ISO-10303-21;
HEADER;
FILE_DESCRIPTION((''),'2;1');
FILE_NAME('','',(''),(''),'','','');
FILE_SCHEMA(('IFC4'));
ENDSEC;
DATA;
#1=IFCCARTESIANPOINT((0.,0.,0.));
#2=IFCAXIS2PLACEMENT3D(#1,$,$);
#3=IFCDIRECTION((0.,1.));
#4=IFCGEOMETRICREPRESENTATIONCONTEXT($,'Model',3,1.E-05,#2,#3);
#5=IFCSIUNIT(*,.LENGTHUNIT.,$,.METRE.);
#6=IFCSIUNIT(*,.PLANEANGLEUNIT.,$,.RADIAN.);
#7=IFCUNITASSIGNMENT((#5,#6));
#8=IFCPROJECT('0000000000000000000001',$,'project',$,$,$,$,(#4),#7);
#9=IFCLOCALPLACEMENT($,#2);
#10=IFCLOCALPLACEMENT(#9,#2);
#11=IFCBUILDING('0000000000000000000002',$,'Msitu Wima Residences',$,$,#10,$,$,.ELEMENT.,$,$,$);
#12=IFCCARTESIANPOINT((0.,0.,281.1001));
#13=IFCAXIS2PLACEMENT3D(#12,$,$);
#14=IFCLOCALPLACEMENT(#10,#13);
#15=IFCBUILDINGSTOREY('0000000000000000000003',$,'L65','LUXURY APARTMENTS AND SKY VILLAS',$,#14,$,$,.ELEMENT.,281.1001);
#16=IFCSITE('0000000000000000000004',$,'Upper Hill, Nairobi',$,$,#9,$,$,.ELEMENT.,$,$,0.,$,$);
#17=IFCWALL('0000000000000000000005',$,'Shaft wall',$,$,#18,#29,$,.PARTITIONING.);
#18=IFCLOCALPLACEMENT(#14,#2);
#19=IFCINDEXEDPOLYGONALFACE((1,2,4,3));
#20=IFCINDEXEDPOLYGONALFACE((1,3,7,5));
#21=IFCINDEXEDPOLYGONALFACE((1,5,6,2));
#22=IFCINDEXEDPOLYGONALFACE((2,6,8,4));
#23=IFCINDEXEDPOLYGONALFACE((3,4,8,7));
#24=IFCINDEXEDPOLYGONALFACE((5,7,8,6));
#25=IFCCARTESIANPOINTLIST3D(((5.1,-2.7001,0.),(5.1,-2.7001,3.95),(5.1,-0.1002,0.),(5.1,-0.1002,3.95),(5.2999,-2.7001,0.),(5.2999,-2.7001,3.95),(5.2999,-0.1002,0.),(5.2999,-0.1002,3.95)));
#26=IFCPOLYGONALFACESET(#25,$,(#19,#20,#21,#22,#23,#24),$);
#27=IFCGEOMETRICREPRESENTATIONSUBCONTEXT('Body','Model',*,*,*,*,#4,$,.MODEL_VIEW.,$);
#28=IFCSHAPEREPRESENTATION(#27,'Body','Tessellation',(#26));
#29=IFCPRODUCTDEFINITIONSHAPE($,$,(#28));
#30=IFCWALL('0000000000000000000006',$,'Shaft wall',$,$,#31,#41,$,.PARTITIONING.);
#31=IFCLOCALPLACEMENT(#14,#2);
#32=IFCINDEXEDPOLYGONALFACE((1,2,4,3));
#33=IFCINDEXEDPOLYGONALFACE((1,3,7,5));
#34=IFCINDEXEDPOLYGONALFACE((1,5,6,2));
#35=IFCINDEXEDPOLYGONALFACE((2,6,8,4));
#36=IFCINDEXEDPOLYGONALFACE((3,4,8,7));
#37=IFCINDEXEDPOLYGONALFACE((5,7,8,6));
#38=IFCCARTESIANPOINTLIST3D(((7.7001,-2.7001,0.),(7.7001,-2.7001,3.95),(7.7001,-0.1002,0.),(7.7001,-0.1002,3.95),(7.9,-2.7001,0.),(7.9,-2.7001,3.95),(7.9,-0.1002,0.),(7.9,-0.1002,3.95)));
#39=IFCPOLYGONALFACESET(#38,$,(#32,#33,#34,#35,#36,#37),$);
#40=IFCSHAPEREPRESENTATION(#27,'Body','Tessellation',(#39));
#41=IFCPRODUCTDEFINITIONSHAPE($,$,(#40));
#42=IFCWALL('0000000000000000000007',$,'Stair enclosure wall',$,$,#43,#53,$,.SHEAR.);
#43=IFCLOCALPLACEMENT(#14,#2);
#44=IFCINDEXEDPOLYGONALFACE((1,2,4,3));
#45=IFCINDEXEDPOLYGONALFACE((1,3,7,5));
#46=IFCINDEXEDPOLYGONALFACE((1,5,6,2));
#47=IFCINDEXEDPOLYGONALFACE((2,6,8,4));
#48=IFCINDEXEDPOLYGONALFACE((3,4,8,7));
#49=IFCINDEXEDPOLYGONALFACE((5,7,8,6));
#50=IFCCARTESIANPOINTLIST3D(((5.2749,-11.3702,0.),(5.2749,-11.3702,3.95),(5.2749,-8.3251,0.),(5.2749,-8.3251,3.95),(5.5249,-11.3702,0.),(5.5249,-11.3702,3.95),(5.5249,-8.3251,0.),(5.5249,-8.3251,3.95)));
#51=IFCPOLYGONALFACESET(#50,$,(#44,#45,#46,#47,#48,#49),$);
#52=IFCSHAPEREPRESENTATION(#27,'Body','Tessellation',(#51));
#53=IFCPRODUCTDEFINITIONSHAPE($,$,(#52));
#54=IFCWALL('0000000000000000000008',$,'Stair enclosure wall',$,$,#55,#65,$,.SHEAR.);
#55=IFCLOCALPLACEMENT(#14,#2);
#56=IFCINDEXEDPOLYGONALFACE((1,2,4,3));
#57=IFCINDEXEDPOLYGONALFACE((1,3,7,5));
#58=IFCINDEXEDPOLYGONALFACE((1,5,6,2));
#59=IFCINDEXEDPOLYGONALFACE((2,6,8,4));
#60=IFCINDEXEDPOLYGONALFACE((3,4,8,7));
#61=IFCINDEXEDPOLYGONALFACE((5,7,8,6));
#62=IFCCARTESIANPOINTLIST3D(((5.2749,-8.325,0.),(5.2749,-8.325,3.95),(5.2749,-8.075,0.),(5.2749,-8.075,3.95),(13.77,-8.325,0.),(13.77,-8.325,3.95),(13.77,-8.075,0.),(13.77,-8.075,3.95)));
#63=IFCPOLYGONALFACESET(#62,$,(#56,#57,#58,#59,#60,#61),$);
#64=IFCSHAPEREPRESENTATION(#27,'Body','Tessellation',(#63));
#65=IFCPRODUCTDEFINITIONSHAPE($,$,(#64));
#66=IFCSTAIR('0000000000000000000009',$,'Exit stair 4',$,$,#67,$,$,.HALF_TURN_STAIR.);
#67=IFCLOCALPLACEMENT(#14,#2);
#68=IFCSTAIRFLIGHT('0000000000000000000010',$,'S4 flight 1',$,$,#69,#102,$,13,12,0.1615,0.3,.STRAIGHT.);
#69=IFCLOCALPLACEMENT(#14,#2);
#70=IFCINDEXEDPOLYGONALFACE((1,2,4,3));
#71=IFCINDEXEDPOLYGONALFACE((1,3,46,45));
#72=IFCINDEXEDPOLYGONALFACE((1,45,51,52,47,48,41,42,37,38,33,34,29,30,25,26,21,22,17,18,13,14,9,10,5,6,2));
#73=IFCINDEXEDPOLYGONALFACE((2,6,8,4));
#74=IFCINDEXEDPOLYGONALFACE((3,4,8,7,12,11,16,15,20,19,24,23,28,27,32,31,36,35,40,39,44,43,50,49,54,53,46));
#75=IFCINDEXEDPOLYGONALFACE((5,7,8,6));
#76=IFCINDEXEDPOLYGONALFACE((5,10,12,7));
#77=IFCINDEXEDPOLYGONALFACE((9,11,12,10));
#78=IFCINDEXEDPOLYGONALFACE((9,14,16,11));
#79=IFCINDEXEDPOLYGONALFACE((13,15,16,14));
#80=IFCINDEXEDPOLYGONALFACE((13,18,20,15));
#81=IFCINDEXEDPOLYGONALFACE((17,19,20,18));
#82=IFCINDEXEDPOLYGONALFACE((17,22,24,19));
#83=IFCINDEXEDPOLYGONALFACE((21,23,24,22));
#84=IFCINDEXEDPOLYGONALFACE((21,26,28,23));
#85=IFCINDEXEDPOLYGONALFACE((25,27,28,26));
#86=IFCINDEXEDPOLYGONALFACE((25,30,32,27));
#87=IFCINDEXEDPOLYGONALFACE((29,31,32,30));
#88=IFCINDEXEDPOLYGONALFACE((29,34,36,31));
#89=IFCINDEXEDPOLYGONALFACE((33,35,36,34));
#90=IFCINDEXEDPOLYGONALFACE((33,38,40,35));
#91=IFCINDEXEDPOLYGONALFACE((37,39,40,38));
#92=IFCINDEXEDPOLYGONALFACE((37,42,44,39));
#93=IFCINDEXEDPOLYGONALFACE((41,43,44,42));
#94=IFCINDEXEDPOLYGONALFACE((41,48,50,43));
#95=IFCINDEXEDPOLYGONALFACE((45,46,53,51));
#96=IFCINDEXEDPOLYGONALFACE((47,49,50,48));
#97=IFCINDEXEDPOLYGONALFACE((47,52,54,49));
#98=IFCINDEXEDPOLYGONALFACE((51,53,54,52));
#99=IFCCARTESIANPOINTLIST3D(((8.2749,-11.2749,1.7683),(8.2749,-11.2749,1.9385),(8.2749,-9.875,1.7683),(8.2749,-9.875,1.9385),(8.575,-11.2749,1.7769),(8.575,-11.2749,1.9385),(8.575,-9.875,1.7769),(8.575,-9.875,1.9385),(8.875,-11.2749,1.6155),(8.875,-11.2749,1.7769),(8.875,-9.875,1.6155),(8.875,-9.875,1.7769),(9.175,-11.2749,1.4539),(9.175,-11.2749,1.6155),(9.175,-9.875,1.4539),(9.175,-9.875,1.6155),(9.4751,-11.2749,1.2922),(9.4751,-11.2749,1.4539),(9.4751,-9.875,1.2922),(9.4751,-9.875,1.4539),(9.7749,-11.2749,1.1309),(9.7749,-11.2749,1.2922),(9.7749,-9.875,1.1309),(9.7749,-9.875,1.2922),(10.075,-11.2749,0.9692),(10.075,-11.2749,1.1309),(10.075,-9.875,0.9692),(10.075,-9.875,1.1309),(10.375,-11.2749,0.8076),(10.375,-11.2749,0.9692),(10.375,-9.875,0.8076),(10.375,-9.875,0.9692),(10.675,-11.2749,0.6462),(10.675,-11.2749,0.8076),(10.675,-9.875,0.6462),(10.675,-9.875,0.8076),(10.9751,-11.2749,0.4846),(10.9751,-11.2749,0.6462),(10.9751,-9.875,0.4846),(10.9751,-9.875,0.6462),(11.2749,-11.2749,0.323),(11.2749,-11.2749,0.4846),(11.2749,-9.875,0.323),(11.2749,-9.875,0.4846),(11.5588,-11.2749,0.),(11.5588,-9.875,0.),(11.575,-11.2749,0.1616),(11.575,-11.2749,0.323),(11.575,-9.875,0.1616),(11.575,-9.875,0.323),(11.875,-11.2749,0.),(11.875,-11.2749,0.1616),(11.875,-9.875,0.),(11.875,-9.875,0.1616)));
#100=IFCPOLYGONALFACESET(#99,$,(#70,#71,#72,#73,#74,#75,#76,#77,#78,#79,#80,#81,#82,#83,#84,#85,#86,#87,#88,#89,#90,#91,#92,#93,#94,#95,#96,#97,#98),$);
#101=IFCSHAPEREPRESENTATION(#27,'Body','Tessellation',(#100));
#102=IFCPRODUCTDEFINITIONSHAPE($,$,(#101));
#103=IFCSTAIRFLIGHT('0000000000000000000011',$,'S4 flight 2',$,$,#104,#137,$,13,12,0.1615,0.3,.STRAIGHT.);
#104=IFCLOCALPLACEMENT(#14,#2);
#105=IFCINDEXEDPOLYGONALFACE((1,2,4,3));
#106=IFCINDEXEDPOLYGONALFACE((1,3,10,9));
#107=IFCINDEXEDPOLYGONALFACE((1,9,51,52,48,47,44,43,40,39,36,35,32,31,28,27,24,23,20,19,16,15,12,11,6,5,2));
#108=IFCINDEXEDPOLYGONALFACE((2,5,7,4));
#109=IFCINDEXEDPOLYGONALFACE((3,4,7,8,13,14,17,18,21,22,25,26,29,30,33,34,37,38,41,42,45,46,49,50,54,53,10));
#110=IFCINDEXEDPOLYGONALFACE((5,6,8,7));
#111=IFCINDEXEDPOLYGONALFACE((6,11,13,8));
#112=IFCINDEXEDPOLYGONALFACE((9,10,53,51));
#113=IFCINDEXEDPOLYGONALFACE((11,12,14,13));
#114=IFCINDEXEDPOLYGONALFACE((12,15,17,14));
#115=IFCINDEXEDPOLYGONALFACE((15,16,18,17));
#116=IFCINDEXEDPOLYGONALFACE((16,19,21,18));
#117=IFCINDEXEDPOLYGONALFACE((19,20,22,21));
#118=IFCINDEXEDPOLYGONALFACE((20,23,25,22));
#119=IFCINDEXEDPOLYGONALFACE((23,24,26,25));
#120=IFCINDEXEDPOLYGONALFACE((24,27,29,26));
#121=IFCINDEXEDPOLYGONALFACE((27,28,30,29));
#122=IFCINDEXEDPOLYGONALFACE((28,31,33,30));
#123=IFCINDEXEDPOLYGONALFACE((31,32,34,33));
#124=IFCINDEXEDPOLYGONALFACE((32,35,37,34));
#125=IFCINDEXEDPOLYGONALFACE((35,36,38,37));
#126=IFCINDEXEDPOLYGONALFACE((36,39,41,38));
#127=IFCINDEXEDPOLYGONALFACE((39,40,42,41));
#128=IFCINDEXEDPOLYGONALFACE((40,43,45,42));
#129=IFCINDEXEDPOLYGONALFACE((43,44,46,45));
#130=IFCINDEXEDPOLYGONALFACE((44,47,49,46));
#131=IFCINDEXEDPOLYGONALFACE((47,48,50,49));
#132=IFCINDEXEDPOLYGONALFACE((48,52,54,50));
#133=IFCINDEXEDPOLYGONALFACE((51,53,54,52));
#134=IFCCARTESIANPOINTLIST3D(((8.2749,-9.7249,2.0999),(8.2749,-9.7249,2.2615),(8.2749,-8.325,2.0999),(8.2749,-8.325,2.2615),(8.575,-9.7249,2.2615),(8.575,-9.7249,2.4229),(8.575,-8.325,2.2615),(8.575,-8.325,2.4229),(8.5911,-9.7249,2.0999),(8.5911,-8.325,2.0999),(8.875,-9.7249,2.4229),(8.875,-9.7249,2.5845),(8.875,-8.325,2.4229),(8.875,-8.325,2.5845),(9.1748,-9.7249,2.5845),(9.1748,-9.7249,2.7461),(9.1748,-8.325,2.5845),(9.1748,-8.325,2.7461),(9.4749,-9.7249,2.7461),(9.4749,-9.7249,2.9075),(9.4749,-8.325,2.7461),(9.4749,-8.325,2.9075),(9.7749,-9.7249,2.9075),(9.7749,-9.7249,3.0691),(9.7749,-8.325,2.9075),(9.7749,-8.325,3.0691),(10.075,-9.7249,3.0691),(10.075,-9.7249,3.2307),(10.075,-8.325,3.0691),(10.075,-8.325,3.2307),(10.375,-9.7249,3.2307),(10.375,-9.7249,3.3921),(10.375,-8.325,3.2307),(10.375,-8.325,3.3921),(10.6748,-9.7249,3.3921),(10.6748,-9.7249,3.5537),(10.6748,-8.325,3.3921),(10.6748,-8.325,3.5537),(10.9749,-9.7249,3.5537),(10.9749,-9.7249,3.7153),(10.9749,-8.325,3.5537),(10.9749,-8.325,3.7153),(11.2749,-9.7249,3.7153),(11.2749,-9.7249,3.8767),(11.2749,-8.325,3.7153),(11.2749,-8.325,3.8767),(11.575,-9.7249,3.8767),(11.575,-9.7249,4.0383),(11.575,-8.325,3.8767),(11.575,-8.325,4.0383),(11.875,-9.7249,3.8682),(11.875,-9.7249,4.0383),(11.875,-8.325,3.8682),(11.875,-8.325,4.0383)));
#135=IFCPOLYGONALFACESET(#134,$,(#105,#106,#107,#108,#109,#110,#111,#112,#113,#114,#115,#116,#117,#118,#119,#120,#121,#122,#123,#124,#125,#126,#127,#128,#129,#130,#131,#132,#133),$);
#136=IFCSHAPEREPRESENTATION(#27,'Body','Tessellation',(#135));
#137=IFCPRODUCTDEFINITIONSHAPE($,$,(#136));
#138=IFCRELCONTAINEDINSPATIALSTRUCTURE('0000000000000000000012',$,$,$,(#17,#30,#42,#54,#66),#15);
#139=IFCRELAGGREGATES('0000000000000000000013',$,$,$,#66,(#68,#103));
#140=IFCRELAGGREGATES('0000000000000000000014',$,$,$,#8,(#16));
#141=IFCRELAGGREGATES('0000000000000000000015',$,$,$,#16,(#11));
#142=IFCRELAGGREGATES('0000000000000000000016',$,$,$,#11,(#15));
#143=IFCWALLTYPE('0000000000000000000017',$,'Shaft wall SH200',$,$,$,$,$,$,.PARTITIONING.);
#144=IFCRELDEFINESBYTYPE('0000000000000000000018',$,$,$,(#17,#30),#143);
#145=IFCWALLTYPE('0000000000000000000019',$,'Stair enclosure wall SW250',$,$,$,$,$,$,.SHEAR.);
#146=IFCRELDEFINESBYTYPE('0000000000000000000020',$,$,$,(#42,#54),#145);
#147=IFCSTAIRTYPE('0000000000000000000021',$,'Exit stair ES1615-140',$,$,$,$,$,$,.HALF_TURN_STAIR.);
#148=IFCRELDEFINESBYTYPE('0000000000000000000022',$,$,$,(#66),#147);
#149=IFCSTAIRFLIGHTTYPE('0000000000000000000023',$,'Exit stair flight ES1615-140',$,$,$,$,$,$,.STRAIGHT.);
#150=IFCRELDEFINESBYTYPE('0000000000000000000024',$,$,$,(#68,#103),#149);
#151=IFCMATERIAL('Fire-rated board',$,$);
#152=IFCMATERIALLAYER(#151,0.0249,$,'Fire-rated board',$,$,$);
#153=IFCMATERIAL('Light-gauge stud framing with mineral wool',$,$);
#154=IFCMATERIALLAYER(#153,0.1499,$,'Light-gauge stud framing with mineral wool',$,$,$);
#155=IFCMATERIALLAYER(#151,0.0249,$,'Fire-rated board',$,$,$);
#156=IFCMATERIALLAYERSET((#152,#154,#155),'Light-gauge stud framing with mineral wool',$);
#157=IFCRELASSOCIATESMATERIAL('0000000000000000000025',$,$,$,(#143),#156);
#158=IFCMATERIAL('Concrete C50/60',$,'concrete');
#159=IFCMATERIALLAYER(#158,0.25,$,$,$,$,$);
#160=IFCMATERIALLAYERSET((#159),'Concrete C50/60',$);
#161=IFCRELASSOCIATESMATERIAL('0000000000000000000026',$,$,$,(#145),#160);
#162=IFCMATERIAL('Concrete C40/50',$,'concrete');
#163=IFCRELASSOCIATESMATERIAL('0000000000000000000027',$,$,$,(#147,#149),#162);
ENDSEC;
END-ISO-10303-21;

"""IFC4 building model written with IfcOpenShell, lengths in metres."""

from ifc_helpers import new_model, si_unit, direction, frame, frame_2d, origin, place, context, subcontext, project, spatial, polyline, rectangle, outline, extrude, material, layer, layer_set, type_object, element, aggregate, save


model = new_model("IFC4")

# Units and contexts
model_context = context("Model", 3, precision=1e-05, world=origin(), true_north=direction((0.0, 1.0)))
body_context = subcontext(model_context, "Body", "Model", "MODEL_VIEW")
ifc_project = project(units=[si_unit("LENGTHUNIT", "METRE"), si_unit("PLANEANGLEUNIT", "RADIAN")], contexts=[model_context])

# Site, building, storey
site_placement = place(None, origin())
site = spatial("IfcSite", under=ifc_project, at=site_placement, Name="Upper Hill, Nairobi", CompositionType="ELEMENT", RefElevation=0.0)
building_placement = place(site_placement, origin())
building = spatial("IfcBuilding", under=site, at=building_placement, Name="Msitu Wima Residences", CompositionType="ELEMENT")
storey_placement = place(building_placement, frame((0.0, 0.0, 281.1001)))
storey = spatial("IfcBuildingStorey", under=building, at=storey_placement, Name="L65", Description="LUXURY APARTMENTS AND SKY VILLAS", CompositionType="ELEMENT", Elevation=281.1001)

# Shared definitions
ifc_material_1 = material(Name="Concrete C40/50", Category="concrete")

# Walls
ifc_material_2 = material(Name="Fire-rated board")
ifc_layer_1 = layer(ifc_material_2, 0.0249, Name="Fire-rated board")
ifc_material_3 = material(Name="Light-gauge stud framing with mineral wool")
ifc_layer_2 = layer(ifc_material_3, 0.1499, Name="Light-gauge stud framing with mineral wool")
ifc_layer_3 = layer(ifc_material_2, 0.0249, Name="Fire-rated board")
ifc_layer_set_1 = layer_set([ifc_layer_1, ifc_layer_2, ifc_layer_3], Name="Light-gauge stud framing with mineral wool")
wall_type_1 = type_object("IfcWallType", Name="Shaft wall SH200", PredefinedType="PARTITIONING", material=ifc_layer_set_1)
for number, where, z_axis, x_axis, name in (
    (1, (5.2, -2.7, 0.0), (0.0, 0.0, 1.0), (0.0, 1.0, 0.0), "Shaft wall"),
    (2, (7.8, -2.7, 0.0), (0.0, 0.0, 1.0), (0.0, 1.0, 0.0), "Shaft wall"),
):
    element("IfcWall", number, at=place(storey_placement, frame(where, z_axis=z_axis, x_axis=x_axis)), inside=storey, type_object=wall_type_1, Name=name, PredefinedType="PARTITIONING", context=body_context, shape_type="SweptSolid", body=[
        extrude(rectangle(XDim=2.5999, YDim=0.2, at=frame_2d((1.2998, 0.0))), origin(), (0.0, 0.0, 1.0), 3.95),
    ])
ifc_material_4 = material(Name="Concrete C50/60", Category="concrete")
ifc_layer_4 = layer(ifc_material_4, 0.25)
ifc_layer_set_2 = layer_set([ifc_layer_4], Name="Concrete C50/60")
wall_type_2 = type_object("IfcWallType", Name="Stair enclosure wall SW250", PredefinedType="SHEAR", material=ifc_layer_set_2)
wall_1_placement = place(storey_placement, frame((5.3999, -11.3701, 0.0), z_axis=(0.0, 0.0, 1.0), x_axis=(0.0, 1.0, 0.0)))
element("IfcWall", 3, at=wall_1_placement, inside=storey, type_object=wall_type_2, Name="Stair enclosure wall", PredefinedType="SHEAR", context=body_context, shape_type="SweptSolid", body=[
    extrude(rectangle(XDim=3.0452, YDim=0.25, at=frame_2d((1.5225, 0.0))), origin(), (0.0, 0.0, 1.0), 3.95),
])
wall_2_placement = place(storey_placement, frame((5.2749, -8.2, 0.0), z_axis=(0.0, 0.0, 1.0), x_axis=(1.0, 0.0, 0.0)))
element("IfcWall", 4, at=wall_2_placement, inside=storey, type_object=wall_type_2, Name="Stair enclosure wall", PredefinedType="SHEAR", context=body_context, shape_type="SweptSolid", body=[
    extrude(rectangle(XDim=8.4951, YDim=0.25, at=frame_2d((4.2476, 0.0))), origin(), (0.0, 0.0, 1.0), 3.95),
])

# Stair, stair flights
stair_type = type_object("IfcStairType", Name="Exit stair ES1615-140", PredefinedType="HALF_TURN_STAIR", material=ifc_material_1)
stair_placement = place(storey_placement, origin())
stair = element("IfcStair", 5, at=stair_placement, inside=storey, type_object=stair_type, Name="Exit stair 4", PredefinedType="HALF_TURN_STAIR")
stair_flight_type = type_object("IfcStairFlightType", Name="Exit stair flight ES1615-140", PredefinedType="STRAIGHT", material=ifc_material_1)
stair_flight_1_placement = place(storey_placement, frame((11.875, -10.575, 0.0), z_axis=(0.0, 0.0, 1.0), x_axis=(-1.0, 0.0, 0.0)))
stair_flight_1 = element("IfcStairFlight", 6, at=stair_flight_1_placement, type_object=stair_flight_type, Name="S4 flight 1", NumberOfRisers=13, NumberOfTreads=12, PredefinedType="STRAIGHT", RiserHeight=0.1615, TreadLength=0.3, context=body_context, shape_type="SweptSolid", body=[
    extrude(outline(polyline([(0.0, 0.0), (0.0, 0.1616), (0.3, 0.1616), (0.3, 0.323), (0.6001, 0.323), (0.6001, 0.4846), (0.8999, 0.4846), (0.8999, 0.6462), (1.2, 0.6462), (1.2, 0.8076), (1.5, 0.8076), (1.5, 0.9692), (1.8, 0.9692), (1.8, 1.1309), (2.1001, 1.1309), (2.1001, 1.2922), (2.3999, 1.2922), (2.3999, 1.4539), (2.7, 1.4539), (2.7, 1.6155), (3.0, 1.6155), (3.0, 1.7769), (3.3, 1.7769), (3.3, 1.9385), (3.6001, 1.9385), (3.6001, 2.1001), (3.6001, 1.7683), (0.3162, 0.0), (0.0, 0.0)])), frame((0.0, 0.7, 0.0), z_axis=(0.0, -1.0, 0.0), x_axis=(1.0, 0.0, 0.0)), (0.0, 0.0, 1.0), 1.3999),
])
stair_flight_2_placement = place(storey_placement, frame((8.2749, -9.0249, 2.0999), z_axis=(0.0, 0.0, 1.0), x_axis=(1.0, 0.0, 0.0)))
stair_flight_2 = element("IfcStairFlight", 7, at=stair_flight_2_placement, type_object=stair_flight_type, Name="S4 flight 2", NumberOfRisers=13, NumberOfTreads=12, PredefinedType="STRAIGHT", RiserHeight=0.1615, TreadLength=0.3, context=body_context, shape_type="SweptSolid", body=[
    extrude(outline(polyline([(0.0, 0.0), (0.0, 0.1616), (0.3, 0.1616), (0.3, 0.323), (0.6001, 0.323), (0.6001, 0.4846), (0.8999, 0.4846), (0.8999, 0.6462), (1.2, 0.6462), (1.2, 0.8076), (1.5, 0.8076), (1.5, 0.9692), (1.8, 0.9692), (1.8, 1.1309), (2.1001, 1.1309), (2.1001, 1.2922), (2.3999, 1.2922), (2.3999, 1.4539), (2.7, 1.4539), (2.7, 1.6155), (3.0, 1.6155), (3.0, 1.7769), (3.3, 1.7769), (3.3, 1.9385), (3.6001, 1.9385), (3.6001, 2.1001), (3.6001, 1.7683), (0.3162, 0.0), (0.0, 0.0)])), frame((0.0, 0.7, 0.0), z_axis=(0.0, -1.0, 0.0), x_axis=(1.0, 0.0, 0.0)), (0.0, 0.0, 1.0), 1.3999),
])
aggregate(stair, [stair_flight_1, stair_flight_2])

save(model, "model.ifc")
